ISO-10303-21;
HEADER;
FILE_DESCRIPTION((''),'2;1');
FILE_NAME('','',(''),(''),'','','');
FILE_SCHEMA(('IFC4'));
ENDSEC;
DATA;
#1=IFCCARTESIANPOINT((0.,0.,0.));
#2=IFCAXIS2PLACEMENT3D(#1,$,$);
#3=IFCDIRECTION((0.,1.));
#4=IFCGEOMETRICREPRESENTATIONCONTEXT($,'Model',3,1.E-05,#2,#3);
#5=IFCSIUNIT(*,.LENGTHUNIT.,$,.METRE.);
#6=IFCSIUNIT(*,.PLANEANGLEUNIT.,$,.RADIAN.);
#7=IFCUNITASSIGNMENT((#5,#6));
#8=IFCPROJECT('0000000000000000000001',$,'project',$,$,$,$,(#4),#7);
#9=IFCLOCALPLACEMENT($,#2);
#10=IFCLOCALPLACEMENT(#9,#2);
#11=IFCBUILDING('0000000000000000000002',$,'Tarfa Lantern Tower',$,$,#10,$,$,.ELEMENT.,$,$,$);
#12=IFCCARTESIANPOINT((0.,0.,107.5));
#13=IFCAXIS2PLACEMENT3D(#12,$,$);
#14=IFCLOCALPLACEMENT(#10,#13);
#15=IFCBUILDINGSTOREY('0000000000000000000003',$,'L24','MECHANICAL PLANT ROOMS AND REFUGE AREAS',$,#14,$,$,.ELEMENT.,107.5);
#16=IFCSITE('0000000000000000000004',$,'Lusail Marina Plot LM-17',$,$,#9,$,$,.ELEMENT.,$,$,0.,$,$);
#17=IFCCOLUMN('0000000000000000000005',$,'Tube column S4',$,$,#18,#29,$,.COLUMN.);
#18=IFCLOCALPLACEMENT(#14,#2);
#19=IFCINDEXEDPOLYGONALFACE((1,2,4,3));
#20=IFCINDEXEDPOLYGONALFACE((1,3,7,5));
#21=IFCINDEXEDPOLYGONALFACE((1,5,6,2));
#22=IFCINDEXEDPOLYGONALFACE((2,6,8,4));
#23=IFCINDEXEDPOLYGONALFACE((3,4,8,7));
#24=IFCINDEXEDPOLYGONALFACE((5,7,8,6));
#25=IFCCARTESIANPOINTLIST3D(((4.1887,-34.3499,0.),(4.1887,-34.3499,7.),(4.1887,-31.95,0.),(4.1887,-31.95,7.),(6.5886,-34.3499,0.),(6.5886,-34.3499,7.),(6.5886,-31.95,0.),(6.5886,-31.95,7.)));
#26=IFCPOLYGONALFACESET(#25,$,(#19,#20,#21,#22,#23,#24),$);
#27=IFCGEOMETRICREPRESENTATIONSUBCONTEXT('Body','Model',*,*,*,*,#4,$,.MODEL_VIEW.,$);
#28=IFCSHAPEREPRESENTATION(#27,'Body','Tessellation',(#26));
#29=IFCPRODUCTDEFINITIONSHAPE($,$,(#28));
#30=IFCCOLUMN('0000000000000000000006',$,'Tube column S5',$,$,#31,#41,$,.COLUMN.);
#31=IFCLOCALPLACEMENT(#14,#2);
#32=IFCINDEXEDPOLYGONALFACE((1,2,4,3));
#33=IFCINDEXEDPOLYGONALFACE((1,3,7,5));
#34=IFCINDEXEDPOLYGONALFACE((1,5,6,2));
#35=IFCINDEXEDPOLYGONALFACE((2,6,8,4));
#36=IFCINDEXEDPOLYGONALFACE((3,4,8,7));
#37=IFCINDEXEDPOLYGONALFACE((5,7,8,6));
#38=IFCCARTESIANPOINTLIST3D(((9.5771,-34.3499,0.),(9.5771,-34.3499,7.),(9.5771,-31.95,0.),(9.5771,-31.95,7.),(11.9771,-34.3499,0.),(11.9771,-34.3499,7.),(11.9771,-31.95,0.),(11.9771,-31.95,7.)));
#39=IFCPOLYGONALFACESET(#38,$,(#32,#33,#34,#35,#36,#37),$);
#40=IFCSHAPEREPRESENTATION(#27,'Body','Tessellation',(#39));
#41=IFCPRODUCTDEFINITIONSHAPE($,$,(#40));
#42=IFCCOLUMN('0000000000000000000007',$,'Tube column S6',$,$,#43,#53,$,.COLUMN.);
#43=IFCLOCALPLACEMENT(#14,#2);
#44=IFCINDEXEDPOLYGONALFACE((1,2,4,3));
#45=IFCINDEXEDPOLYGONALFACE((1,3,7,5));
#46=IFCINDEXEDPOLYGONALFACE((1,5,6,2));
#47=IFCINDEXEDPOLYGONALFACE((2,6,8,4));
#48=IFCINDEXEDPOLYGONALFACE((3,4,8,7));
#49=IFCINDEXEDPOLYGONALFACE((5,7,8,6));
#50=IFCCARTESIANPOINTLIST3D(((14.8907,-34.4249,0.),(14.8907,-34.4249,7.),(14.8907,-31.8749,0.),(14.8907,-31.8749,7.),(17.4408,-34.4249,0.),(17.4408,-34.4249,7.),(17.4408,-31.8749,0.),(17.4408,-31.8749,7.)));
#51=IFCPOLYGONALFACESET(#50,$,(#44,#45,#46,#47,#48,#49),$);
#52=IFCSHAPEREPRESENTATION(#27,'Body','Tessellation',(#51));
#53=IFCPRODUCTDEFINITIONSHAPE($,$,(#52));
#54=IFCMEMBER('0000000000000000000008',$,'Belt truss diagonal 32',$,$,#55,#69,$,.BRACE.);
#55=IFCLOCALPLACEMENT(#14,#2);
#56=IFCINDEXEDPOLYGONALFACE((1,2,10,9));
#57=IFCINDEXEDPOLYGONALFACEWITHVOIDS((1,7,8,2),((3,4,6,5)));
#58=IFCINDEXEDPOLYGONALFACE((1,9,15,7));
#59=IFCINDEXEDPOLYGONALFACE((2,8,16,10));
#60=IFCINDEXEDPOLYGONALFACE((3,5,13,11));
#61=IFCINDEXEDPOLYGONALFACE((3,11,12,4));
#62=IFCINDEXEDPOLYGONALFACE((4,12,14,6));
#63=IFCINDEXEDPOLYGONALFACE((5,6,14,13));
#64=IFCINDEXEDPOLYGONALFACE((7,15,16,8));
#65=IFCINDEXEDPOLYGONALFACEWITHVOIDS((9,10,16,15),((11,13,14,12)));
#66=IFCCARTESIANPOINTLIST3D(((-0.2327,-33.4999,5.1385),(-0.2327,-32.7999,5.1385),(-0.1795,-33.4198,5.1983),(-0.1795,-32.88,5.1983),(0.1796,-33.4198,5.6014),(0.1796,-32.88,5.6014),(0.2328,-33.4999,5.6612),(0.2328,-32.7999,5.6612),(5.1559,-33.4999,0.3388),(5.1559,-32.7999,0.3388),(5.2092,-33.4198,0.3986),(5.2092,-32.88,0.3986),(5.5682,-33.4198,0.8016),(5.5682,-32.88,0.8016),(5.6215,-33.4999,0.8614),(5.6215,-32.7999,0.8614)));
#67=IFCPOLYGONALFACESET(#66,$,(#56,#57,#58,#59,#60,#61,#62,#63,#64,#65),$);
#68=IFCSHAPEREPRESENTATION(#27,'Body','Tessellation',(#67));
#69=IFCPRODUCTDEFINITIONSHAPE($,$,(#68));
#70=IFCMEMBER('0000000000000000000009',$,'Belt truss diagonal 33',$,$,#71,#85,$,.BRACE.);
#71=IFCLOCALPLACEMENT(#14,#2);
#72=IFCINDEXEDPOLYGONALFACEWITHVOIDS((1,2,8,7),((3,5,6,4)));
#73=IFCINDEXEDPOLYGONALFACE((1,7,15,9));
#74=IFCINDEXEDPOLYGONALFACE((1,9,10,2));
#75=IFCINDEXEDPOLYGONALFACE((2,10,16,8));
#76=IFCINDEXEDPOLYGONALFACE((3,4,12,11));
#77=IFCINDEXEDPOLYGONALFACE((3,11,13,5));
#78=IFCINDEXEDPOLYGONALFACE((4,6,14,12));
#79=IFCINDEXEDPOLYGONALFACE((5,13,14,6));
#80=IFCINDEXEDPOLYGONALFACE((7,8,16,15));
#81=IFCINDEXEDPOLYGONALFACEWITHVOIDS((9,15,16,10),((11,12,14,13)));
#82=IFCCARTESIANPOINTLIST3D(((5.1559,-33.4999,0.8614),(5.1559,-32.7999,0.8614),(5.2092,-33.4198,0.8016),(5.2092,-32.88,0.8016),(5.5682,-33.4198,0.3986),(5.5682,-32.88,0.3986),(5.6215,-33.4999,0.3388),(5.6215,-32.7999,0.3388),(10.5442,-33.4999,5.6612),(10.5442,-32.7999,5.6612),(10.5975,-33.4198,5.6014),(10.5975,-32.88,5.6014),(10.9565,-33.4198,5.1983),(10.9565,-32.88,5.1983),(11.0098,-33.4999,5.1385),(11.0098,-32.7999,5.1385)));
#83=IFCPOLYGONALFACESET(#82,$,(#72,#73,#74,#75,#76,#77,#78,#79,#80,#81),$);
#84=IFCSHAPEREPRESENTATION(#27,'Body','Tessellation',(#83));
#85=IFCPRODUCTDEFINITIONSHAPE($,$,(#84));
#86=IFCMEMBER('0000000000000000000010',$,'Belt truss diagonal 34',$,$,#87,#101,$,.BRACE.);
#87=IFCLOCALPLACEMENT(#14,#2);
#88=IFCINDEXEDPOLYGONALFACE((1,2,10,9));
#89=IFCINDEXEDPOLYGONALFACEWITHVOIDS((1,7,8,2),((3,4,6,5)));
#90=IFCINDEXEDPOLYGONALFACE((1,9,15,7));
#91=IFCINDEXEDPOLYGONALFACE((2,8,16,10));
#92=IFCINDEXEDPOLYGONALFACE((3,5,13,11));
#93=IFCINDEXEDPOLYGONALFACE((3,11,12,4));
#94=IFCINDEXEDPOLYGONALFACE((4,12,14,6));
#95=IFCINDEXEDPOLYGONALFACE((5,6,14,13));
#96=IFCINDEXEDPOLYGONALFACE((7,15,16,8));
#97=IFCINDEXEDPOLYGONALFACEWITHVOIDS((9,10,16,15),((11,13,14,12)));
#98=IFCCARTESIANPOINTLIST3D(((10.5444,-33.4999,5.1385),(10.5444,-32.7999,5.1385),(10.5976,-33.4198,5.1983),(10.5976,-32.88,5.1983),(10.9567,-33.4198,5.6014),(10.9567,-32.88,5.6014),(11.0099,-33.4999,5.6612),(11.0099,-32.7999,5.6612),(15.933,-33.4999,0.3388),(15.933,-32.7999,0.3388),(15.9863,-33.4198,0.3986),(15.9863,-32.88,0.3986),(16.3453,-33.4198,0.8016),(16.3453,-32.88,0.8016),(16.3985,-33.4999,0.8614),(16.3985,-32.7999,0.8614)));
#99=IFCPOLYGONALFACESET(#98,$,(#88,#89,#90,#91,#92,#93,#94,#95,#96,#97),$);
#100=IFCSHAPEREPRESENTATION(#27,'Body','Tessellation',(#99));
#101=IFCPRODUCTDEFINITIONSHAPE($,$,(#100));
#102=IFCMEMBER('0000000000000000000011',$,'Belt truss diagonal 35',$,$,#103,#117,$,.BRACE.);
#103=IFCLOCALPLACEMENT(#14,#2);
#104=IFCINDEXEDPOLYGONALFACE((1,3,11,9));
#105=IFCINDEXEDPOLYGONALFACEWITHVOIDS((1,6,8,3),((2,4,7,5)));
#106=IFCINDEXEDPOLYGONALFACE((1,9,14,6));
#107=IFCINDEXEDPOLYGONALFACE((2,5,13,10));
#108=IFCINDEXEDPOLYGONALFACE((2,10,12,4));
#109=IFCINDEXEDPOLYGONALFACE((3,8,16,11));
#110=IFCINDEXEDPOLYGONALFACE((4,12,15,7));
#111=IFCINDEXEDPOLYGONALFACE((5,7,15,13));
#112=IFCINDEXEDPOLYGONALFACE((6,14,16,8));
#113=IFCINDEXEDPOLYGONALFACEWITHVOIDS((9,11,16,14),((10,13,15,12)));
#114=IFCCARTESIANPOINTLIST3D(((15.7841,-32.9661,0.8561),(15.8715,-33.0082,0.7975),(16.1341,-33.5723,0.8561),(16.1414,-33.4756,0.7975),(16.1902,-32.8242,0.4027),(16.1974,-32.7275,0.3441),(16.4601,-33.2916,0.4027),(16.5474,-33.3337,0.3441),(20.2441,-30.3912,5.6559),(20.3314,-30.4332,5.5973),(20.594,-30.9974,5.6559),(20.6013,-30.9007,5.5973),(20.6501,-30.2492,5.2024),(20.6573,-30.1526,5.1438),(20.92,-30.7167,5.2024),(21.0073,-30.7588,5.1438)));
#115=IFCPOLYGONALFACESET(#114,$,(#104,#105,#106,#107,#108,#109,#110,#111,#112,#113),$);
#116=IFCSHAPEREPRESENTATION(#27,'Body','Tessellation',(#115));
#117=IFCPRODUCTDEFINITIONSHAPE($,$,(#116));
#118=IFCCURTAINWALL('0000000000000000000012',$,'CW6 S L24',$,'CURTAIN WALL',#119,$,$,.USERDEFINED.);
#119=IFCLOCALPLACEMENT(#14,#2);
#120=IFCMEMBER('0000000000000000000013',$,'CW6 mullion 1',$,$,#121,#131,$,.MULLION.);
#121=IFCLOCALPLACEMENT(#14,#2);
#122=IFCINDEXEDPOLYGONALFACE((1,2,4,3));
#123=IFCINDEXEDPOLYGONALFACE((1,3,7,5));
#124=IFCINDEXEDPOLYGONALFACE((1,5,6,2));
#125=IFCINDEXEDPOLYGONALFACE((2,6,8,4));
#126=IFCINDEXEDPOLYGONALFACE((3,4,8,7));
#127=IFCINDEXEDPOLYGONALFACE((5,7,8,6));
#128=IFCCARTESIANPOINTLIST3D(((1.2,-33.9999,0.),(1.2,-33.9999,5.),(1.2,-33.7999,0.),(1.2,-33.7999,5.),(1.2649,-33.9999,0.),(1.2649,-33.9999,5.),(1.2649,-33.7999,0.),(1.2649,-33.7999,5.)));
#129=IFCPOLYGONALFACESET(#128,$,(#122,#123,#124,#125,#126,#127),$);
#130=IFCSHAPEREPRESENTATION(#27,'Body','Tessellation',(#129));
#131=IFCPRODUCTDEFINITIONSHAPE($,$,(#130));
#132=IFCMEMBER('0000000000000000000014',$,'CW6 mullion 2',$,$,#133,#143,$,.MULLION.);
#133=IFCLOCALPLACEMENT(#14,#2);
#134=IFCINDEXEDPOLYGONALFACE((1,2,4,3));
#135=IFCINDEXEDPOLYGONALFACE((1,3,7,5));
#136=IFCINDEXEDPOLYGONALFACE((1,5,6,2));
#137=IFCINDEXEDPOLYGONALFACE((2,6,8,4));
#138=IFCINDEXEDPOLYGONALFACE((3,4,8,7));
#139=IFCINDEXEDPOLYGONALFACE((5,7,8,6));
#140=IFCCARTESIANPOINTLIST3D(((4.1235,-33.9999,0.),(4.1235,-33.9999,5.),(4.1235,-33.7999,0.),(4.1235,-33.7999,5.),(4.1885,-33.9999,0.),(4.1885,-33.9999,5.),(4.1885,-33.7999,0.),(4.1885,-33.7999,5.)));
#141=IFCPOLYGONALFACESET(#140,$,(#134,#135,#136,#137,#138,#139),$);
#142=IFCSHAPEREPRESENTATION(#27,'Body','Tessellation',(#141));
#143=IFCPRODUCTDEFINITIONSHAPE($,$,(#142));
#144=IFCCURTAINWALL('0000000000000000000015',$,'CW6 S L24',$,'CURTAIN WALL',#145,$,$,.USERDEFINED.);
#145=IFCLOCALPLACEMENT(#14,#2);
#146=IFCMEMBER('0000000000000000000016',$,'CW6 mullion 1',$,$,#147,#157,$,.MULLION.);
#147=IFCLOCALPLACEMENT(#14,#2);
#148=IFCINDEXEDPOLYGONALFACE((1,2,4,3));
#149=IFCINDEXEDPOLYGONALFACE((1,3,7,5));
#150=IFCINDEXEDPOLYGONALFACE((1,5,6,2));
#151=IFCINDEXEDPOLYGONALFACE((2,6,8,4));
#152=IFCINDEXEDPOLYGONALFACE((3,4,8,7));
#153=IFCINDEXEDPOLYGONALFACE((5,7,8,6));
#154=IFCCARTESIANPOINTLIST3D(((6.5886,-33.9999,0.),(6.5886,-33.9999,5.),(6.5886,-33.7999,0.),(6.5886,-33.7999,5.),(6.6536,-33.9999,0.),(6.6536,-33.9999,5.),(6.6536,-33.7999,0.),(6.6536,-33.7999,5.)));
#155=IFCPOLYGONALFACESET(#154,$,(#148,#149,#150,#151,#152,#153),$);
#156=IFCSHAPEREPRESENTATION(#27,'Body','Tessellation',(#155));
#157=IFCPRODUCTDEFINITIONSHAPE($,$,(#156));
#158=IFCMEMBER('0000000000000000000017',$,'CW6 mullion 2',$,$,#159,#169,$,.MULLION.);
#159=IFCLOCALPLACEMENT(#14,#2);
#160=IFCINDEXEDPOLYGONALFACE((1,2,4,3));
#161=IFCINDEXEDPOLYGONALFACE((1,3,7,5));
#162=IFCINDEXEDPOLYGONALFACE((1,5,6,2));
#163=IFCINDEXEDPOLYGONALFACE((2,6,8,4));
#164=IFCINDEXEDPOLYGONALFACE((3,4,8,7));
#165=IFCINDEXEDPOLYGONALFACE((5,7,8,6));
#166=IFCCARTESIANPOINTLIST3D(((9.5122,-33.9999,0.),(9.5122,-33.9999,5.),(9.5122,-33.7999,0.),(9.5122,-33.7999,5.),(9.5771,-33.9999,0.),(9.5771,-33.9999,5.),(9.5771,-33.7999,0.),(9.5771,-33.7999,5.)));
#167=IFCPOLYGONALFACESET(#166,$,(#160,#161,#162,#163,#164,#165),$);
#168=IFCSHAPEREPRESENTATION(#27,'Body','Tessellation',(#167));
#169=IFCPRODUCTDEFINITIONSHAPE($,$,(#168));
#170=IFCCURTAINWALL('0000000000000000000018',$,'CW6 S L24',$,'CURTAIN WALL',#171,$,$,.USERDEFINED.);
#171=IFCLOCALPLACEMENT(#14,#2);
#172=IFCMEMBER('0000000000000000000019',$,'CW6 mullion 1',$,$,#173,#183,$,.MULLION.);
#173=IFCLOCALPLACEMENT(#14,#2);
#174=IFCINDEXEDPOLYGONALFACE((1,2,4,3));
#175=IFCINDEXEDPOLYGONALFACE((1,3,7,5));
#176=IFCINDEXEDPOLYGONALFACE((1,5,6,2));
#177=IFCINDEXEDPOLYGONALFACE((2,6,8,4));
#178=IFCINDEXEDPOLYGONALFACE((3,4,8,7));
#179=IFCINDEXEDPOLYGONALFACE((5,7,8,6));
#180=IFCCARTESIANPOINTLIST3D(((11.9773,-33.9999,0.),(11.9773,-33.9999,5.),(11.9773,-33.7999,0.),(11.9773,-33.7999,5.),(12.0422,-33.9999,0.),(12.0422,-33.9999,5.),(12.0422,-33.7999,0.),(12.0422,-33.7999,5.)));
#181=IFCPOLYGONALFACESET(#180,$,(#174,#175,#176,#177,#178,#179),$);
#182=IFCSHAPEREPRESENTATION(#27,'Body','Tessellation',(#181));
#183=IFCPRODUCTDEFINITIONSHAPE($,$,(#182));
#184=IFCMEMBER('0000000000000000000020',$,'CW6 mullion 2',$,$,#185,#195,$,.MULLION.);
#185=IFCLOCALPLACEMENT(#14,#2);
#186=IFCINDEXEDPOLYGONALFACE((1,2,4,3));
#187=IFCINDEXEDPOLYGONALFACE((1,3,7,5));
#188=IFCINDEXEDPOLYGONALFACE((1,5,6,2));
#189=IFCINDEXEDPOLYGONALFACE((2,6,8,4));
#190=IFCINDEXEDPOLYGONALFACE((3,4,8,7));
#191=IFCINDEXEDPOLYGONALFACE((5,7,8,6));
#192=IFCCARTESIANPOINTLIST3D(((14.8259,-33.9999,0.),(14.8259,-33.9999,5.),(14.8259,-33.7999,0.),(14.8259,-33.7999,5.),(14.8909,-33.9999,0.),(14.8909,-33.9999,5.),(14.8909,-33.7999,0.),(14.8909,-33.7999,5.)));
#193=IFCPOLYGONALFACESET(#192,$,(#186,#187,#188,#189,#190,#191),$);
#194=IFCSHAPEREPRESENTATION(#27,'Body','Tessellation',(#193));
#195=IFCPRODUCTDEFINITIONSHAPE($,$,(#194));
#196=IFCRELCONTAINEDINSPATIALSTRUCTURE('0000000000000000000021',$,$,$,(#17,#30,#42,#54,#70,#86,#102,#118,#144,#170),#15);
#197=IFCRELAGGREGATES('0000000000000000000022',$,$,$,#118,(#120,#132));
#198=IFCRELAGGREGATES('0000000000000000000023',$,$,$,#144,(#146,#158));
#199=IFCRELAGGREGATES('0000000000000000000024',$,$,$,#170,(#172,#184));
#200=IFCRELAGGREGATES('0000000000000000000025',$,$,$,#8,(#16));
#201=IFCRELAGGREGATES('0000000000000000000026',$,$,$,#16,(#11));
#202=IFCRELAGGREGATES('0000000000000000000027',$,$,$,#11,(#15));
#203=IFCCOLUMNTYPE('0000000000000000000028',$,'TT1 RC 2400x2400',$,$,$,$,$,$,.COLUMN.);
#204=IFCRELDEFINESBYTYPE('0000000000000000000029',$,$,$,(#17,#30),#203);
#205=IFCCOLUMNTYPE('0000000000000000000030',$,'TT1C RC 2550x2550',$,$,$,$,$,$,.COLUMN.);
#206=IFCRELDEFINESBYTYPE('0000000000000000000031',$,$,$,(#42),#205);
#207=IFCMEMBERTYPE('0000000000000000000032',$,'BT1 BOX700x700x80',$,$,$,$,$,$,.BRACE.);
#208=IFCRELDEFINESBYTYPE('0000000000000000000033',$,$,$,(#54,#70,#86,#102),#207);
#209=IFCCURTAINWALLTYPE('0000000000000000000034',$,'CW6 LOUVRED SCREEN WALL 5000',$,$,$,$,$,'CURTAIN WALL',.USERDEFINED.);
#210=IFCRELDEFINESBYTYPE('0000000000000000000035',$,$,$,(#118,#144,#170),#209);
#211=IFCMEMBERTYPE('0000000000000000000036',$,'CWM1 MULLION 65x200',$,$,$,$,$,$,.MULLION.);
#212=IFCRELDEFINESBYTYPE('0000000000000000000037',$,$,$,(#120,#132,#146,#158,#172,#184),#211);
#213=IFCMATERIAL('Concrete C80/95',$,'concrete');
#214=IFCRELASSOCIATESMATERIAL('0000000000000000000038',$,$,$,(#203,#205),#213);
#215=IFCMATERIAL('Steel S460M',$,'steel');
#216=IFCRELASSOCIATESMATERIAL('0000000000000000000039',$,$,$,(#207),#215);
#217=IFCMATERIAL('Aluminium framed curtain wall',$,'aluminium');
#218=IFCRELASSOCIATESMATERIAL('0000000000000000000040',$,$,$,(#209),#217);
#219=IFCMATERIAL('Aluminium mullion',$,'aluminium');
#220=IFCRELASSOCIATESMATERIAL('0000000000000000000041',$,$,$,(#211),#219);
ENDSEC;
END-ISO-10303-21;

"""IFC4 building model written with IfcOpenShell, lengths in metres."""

from ifc_helpers import new_model, si_unit, direction, frame, origin, origin_2d, place, context, subcontext, project, spatial, rectangle, hollow_rectangle, extrude, material, material_profile, profile_set, type_object, element, aggregate, save


model = new_model("IFC4")

# Units and contexts
model_context = context("Model", 3, precision=1e-05, world=origin(), true_north=direction((0.0, 1.0)))
body_context = subcontext(model_context, "Body", "Model", "MODEL_VIEW")
ifc_project = project(units=[si_unit("LENGTHUNIT", "METRE"), si_unit("PLANEANGLEUNIT", "RADIAN")], contexts=[model_context])

# Site, building, storey
site_placement = place(None, origin())
site = spatial("IfcSite", under=ifc_project, at=site_placement, Name="Lusail Marina Plot LM-17", CompositionType="ELEMENT", RefElevation=0.0)
building_placement = place(site_placement, origin())
building = spatial("IfcBuilding", under=site, at=building_placement, Name="Tarfa Lantern Tower", CompositionType="ELEMENT")
storey_placement = place(building_placement, frame((0.0, 0.0, 107.5)))
storey = spatial("IfcBuildingStorey", under=building, at=storey_placement, Name="L24", Description="MECHANICAL PLANT ROOMS AND REFUGE AREAS", CompositionType="ELEMENT", Elevation=107.5)

# Columns
ifc_material_1 = material(Name="Concrete C80/95", Category="concrete")
ifc_material_profile_1 = material_profile(ifc_material_1, rectangle(XDim=2.3999, YDim=2.3999, at=origin_2d()), Name="RC 2400x2400")
ifc_profile_set_1 = profile_set([ifc_material_profile_1], Name="Concrete C80/95")
column_type_1 = type_object("IfcColumnType", Name="TT1 RC 2400x2400", PredefinedType="COLUMN", material=ifc_profile_set_1)
for number, where, z_axis, x_axis, name in (
    (1, (5.3887, -33.1499, 0.0), (0.0, 0.0, 1.0), (1.0, 0.0, 0.0), "Tube column S4"),
    (2, (10.7771, -33.1499, 0.0), (0.0, 0.0, 1.0), (1.0, 0.0, 0.0), "Tube column S5"),
):
    element("IfcColumn", number, at=place(storey_placement, frame(where, z_axis=z_axis, x_axis=x_axis)), inside=storey, type_object=column_type_1, Name=name, PredefinedType="COLUMN", context=body_context, shape_type="SweptSolid", body=[
        extrude(rectangle(XDim=2.3999, YDim=2.3999, at=origin_2d()), origin(), (0.0, 0.0, 1.0), 7.0),
    ])
ifc_material_profile_2 = material_profile(ifc_material_1, rectangle(XDim=2.55, YDim=2.55, at=origin_2d()), Name="RC 2550x2550")
ifc_profile_set_2 = profile_set([ifc_material_profile_2], Name="Concrete C80/95")
column_type_2 = type_object("IfcColumnType", Name="TT1C RC 2550x2550", PredefinedType="COLUMN", material=ifc_profile_set_2)
column_placement = place(storey_placement, frame((16.1658, -33.1499, 0.0), z_axis=(0.0, 0.0, 1.0), x_axis=(1.0, 0.0, 0.0)))
element("IfcColumn", 3, at=column_placement, inside=storey, type_object=column_type_2, Name="Tube column S6", PredefinedType="COLUMN", context=body_context, shape_type="SweptSolid", body=[
    extrude(rectangle(XDim=2.55, YDim=2.55, at=origin_2d()), origin(), (0.0, 0.0, 1.0), 7.0),
])

# Members
ifc_material_2 = material(Name="Steel S460M", Category="steel")
ifc_material_profile_3 = material_profile(ifc_material_2, hollow_rectangle(XDim=0.7, YDim=0.7, WallThickness=0.0801, at=origin_2d()), Name="BOX700x700x80")
ifc_profile_set_3 = profile_set([ifc_material_profile_3], Name="Steel S460M")
member_type_1 = type_object("IfcMemberType", Name="BT1 BOX700x700x80", PredefinedType="BRACE", material=ifc_profile_set_3)
member_1_placement = place(storey_placement, frame((5.3887, -33.1499, 0.6001), z_axis=(-0.746729, 0.0, 0.665128), x_axis=(0.0, -1.0, 0.0)))
element("IfcMember", 4, at=member_1_placement, inside=storey, type_object=member_type_1, Name="Belt truss diagonal 32", PredefinedType="BRACE", context=body_context, shape_type="SweptSolid", body=[
    extrude(hollow_rectangle(XDim=0.7, YDim=0.7, WallThickness=0.0801, at=origin_2d()), origin(), (0.0, 0.0, 1.0), 7.2163),
])
member_2_placement = place(storey_placement, frame((5.3887, -33.1499, 0.6001), z_axis=(0.746715, 0.0, 0.665145), x_axis=(0.0, 1.0, 0.0)))
element("IfcMember", 5, at=member_2_placement, inside=storey, type_object=member_type_1, Name="Belt truss diagonal 33", PredefinedType="BRACE", context=body_context, shape_type="SweptSolid", body=[
    extrude(hollow_rectangle(XDim=0.7, YDim=0.7, WallThickness=0.0801, at=origin_2d()), origin(), (0.0, 0.0, 1.0), 7.2161),
])
member_3_placement = place(storey_placement, frame((16.1658, -33.1499, 0.6001), z_axis=(-0.746729, 0.0, 0.665128), x_axis=(0.0, -1.0, 0.0)))
element("IfcMember", 6, at=member_3_placement, inside=storey, type_object=member_type_1, Name="Belt truss diagonal 34", PredefinedType="BRACE", context=body_context, shape_type="SweptSolid", body=[
    extrude(hollow_rectangle(XDim=0.7, YDim=0.7, WallThickness=0.0801, at=origin_2d()), origin(), (0.0, 0.0, 1.0), 7.2163),
])
member_4_placement = place(storey_placement, frame((16.1658, -33.1499, 0.6001), z_axis=(0.633529, 0.365767, 0.681803), x_axis=(-0.499999, 0.866026, 0.0)))
element("IfcMember", 7, at=member_4_placement, inside=storey, type_object=member_type_1, Name="Belt truss diagonal 35", PredefinedType="BRACE", context=body_context, shape_type="SweptSolid", body=[
    extrude(hollow_rectangle(XDim=0.7, YDim=0.7, WallThickness=0.0801, at=origin_2d()), origin(), (0.0, 0.0, 1.0), 7.0398),
])

# Curtain walls, members
ifc_material_3 = material(Name="Aluminium framed curtain wall", Category="aluminium")
curtain_wall_type = type_object("IfcCurtainWallType", Name="CW6 LOUVRED SCREEN WALL 5000", ElementType="CURTAIN WALL", PredefinedType="USERDEFINED", material=ifc_material_3)
curtain_wall_1_placement = place(storey_placement, origin())
curtain_wall_1 = element("IfcCurtainWall", 8, at=curtain_wall_1_placement, inside=storey, type_object=curtain_wall_type, Name="CW6 S L24", ObjectType="CURTAIN WALL", PredefinedType="USERDEFINED")
ifc_material_4 = material(Name="Aluminium mullion", Category="aluminium")
ifc_material_profile_4 = material_profile(ifc_material_4, rectangle(XDim=0.0649, YDim=0.2, at=origin_2d()), Name="AL MULLION 65x200")
ifc_profile_set_4 = profile_set([ifc_material_profile_4], Name="Aluminium mullion")
member_type_2 = type_object("IfcMemberType", Name="CWM1 MULLION 65x200", PredefinedType="MULLION", material=ifc_profile_set_4)
member_5_placement = place(storey_placement, frame((1.2324, -33.8999, 0.0), z_axis=(0.0, 0.0, 1.0), x_axis=(1.0, 0.0, 0.0)))
member_5 = element("IfcMember", 9, at=member_5_placement, type_object=member_type_2, Name="CW6 mullion 1", PredefinedType="MULLION", context=body_context, shape_type="SweptSolid", body=[
    extrude(rectangle(XDim=0.0649, YDim=0.2, at=origin_2d()), origin(), (0.0, 0.0, 1.0), 5.0),
])
member_6_placement = place(storey_placement, frame((4.156, -33.8999, 0.0), z_axis=(0.0, 0.0, 1.0), x_axis=(1.0, 0.0, 0.0)))
member_6 = element("IfcMember", 10, at=member_6_placement, type_object=member_type_2, Name="CW6 mullion 2", PredefinedType="MULLION", context=body_context, shape_type="SweptSolid", body=[
    extrude(rectangle(XDim=0.0649, YDim=0.2, at=origin_2d()), origin(), (0.0, 0.0, 1.0), 5.0),
])
curtain_wall_2_placement = place(storey_placement, origin())
curtain_wall_2 = element("IfcCurtainWall", 11, at=curtain_wall_2_placement, inside=storey, type_object=curtain_wall_type, Name="CW6 S L24", ObjectType="CURTAIN WALL", PredefinedType="USERDEFINED")
member_7_placement = place(storey_placement, frame((6.6211, -33.8999, 0.0), z_axis=(0.0, 0.0, 1.0), x_axis=(1.0, 0.0, 0.0)))
member_7 = element("IfcMember", 12, at=member_7_placement, type_object=member_type_2, Name="CW6 mullion 1", PredefinedType="MULLION", context=body_context, shape_type="SweptSolid", body=[
    extrude(rectangle(XDim=0.0649, YDim=0.2, at=origin_2d()), origin(), (0.0, 0.0, 1.0), 5.0),
])
member_8_placement = place(storey_placement, frame((9.5447, -33.8999, 0.0), z_axis=(0.0, 0.0, 1.0), x_axis=(1.0, 0.0, 0.0)))
member_8 = element("IfcMember", 13, at=member_8_placement, type_object=member_type_2, Name="CW6 mullion 2", PredefinedType="MULLION", context=body_context, shape_type="SweptSolid", body=[
    extrude(rectangle(XDim=0.0649, YDim=0.2, at=origin_2d()), origin(), (0.0, 0.0, 1.0), 5.0),
])
curtain_wall_3_placement = place(storey_placement, origin())
curtain_wall_3 = element("IfcCurtainWall", 14, at=curtain_wall_3_placement, inside=storey, type_object=curtain_wall_type, Name="CW6 S L24", ObjectType="CURTAIN WALL", PredefinedType="USERDEFINED")
member_9_placement = place(storey_placement, frame((12.0098, -33.8999, 0.0), z_axis=(0.0, 0.0, 1.0), x_axis=(1.0, 0.0, 0.0)))
member_9 = element("IfcMember", 15, at=member_9_placement, type_object=member_type_2, Name="CW6 mullion 1", PredefinedType="MULLION", context=body_context, shape_type="SweptSolid", body=[
    extrude(rectangle(XDim=0.0649, YDim=0.2, at=origin_2d()), origin(), (0.0, 0.0, 1.0), 5.0),
])
member_10_placement = place(storey_placement, frame((14.8584, -33.8999, 0.0), z_axis=(0.0, 0.0, 1.0), x_axis=(1.0, 0.0, 0.0)))
member_10 = element("IfcMember", 16, at=member_10_placement, type_object=member_type_2, Name="CW6 mullion 2", PredefinedType="MULLION", context=body_context, shape_type="SweptSolid", body=[
    extrude(rectangle(XDim=0.0649, YDim=0.2, at=origin_2d()), origin(), (0.0, 0.0, 1.0), 5.0),
])

aggregate(curtain_wall_1, [member_5, member_6])
aggregate(curtain_wall_2, [member_7, member_8])
aggregate(curtain_wall_3, [member_9, member_10])

save(model, "model.ifc")
